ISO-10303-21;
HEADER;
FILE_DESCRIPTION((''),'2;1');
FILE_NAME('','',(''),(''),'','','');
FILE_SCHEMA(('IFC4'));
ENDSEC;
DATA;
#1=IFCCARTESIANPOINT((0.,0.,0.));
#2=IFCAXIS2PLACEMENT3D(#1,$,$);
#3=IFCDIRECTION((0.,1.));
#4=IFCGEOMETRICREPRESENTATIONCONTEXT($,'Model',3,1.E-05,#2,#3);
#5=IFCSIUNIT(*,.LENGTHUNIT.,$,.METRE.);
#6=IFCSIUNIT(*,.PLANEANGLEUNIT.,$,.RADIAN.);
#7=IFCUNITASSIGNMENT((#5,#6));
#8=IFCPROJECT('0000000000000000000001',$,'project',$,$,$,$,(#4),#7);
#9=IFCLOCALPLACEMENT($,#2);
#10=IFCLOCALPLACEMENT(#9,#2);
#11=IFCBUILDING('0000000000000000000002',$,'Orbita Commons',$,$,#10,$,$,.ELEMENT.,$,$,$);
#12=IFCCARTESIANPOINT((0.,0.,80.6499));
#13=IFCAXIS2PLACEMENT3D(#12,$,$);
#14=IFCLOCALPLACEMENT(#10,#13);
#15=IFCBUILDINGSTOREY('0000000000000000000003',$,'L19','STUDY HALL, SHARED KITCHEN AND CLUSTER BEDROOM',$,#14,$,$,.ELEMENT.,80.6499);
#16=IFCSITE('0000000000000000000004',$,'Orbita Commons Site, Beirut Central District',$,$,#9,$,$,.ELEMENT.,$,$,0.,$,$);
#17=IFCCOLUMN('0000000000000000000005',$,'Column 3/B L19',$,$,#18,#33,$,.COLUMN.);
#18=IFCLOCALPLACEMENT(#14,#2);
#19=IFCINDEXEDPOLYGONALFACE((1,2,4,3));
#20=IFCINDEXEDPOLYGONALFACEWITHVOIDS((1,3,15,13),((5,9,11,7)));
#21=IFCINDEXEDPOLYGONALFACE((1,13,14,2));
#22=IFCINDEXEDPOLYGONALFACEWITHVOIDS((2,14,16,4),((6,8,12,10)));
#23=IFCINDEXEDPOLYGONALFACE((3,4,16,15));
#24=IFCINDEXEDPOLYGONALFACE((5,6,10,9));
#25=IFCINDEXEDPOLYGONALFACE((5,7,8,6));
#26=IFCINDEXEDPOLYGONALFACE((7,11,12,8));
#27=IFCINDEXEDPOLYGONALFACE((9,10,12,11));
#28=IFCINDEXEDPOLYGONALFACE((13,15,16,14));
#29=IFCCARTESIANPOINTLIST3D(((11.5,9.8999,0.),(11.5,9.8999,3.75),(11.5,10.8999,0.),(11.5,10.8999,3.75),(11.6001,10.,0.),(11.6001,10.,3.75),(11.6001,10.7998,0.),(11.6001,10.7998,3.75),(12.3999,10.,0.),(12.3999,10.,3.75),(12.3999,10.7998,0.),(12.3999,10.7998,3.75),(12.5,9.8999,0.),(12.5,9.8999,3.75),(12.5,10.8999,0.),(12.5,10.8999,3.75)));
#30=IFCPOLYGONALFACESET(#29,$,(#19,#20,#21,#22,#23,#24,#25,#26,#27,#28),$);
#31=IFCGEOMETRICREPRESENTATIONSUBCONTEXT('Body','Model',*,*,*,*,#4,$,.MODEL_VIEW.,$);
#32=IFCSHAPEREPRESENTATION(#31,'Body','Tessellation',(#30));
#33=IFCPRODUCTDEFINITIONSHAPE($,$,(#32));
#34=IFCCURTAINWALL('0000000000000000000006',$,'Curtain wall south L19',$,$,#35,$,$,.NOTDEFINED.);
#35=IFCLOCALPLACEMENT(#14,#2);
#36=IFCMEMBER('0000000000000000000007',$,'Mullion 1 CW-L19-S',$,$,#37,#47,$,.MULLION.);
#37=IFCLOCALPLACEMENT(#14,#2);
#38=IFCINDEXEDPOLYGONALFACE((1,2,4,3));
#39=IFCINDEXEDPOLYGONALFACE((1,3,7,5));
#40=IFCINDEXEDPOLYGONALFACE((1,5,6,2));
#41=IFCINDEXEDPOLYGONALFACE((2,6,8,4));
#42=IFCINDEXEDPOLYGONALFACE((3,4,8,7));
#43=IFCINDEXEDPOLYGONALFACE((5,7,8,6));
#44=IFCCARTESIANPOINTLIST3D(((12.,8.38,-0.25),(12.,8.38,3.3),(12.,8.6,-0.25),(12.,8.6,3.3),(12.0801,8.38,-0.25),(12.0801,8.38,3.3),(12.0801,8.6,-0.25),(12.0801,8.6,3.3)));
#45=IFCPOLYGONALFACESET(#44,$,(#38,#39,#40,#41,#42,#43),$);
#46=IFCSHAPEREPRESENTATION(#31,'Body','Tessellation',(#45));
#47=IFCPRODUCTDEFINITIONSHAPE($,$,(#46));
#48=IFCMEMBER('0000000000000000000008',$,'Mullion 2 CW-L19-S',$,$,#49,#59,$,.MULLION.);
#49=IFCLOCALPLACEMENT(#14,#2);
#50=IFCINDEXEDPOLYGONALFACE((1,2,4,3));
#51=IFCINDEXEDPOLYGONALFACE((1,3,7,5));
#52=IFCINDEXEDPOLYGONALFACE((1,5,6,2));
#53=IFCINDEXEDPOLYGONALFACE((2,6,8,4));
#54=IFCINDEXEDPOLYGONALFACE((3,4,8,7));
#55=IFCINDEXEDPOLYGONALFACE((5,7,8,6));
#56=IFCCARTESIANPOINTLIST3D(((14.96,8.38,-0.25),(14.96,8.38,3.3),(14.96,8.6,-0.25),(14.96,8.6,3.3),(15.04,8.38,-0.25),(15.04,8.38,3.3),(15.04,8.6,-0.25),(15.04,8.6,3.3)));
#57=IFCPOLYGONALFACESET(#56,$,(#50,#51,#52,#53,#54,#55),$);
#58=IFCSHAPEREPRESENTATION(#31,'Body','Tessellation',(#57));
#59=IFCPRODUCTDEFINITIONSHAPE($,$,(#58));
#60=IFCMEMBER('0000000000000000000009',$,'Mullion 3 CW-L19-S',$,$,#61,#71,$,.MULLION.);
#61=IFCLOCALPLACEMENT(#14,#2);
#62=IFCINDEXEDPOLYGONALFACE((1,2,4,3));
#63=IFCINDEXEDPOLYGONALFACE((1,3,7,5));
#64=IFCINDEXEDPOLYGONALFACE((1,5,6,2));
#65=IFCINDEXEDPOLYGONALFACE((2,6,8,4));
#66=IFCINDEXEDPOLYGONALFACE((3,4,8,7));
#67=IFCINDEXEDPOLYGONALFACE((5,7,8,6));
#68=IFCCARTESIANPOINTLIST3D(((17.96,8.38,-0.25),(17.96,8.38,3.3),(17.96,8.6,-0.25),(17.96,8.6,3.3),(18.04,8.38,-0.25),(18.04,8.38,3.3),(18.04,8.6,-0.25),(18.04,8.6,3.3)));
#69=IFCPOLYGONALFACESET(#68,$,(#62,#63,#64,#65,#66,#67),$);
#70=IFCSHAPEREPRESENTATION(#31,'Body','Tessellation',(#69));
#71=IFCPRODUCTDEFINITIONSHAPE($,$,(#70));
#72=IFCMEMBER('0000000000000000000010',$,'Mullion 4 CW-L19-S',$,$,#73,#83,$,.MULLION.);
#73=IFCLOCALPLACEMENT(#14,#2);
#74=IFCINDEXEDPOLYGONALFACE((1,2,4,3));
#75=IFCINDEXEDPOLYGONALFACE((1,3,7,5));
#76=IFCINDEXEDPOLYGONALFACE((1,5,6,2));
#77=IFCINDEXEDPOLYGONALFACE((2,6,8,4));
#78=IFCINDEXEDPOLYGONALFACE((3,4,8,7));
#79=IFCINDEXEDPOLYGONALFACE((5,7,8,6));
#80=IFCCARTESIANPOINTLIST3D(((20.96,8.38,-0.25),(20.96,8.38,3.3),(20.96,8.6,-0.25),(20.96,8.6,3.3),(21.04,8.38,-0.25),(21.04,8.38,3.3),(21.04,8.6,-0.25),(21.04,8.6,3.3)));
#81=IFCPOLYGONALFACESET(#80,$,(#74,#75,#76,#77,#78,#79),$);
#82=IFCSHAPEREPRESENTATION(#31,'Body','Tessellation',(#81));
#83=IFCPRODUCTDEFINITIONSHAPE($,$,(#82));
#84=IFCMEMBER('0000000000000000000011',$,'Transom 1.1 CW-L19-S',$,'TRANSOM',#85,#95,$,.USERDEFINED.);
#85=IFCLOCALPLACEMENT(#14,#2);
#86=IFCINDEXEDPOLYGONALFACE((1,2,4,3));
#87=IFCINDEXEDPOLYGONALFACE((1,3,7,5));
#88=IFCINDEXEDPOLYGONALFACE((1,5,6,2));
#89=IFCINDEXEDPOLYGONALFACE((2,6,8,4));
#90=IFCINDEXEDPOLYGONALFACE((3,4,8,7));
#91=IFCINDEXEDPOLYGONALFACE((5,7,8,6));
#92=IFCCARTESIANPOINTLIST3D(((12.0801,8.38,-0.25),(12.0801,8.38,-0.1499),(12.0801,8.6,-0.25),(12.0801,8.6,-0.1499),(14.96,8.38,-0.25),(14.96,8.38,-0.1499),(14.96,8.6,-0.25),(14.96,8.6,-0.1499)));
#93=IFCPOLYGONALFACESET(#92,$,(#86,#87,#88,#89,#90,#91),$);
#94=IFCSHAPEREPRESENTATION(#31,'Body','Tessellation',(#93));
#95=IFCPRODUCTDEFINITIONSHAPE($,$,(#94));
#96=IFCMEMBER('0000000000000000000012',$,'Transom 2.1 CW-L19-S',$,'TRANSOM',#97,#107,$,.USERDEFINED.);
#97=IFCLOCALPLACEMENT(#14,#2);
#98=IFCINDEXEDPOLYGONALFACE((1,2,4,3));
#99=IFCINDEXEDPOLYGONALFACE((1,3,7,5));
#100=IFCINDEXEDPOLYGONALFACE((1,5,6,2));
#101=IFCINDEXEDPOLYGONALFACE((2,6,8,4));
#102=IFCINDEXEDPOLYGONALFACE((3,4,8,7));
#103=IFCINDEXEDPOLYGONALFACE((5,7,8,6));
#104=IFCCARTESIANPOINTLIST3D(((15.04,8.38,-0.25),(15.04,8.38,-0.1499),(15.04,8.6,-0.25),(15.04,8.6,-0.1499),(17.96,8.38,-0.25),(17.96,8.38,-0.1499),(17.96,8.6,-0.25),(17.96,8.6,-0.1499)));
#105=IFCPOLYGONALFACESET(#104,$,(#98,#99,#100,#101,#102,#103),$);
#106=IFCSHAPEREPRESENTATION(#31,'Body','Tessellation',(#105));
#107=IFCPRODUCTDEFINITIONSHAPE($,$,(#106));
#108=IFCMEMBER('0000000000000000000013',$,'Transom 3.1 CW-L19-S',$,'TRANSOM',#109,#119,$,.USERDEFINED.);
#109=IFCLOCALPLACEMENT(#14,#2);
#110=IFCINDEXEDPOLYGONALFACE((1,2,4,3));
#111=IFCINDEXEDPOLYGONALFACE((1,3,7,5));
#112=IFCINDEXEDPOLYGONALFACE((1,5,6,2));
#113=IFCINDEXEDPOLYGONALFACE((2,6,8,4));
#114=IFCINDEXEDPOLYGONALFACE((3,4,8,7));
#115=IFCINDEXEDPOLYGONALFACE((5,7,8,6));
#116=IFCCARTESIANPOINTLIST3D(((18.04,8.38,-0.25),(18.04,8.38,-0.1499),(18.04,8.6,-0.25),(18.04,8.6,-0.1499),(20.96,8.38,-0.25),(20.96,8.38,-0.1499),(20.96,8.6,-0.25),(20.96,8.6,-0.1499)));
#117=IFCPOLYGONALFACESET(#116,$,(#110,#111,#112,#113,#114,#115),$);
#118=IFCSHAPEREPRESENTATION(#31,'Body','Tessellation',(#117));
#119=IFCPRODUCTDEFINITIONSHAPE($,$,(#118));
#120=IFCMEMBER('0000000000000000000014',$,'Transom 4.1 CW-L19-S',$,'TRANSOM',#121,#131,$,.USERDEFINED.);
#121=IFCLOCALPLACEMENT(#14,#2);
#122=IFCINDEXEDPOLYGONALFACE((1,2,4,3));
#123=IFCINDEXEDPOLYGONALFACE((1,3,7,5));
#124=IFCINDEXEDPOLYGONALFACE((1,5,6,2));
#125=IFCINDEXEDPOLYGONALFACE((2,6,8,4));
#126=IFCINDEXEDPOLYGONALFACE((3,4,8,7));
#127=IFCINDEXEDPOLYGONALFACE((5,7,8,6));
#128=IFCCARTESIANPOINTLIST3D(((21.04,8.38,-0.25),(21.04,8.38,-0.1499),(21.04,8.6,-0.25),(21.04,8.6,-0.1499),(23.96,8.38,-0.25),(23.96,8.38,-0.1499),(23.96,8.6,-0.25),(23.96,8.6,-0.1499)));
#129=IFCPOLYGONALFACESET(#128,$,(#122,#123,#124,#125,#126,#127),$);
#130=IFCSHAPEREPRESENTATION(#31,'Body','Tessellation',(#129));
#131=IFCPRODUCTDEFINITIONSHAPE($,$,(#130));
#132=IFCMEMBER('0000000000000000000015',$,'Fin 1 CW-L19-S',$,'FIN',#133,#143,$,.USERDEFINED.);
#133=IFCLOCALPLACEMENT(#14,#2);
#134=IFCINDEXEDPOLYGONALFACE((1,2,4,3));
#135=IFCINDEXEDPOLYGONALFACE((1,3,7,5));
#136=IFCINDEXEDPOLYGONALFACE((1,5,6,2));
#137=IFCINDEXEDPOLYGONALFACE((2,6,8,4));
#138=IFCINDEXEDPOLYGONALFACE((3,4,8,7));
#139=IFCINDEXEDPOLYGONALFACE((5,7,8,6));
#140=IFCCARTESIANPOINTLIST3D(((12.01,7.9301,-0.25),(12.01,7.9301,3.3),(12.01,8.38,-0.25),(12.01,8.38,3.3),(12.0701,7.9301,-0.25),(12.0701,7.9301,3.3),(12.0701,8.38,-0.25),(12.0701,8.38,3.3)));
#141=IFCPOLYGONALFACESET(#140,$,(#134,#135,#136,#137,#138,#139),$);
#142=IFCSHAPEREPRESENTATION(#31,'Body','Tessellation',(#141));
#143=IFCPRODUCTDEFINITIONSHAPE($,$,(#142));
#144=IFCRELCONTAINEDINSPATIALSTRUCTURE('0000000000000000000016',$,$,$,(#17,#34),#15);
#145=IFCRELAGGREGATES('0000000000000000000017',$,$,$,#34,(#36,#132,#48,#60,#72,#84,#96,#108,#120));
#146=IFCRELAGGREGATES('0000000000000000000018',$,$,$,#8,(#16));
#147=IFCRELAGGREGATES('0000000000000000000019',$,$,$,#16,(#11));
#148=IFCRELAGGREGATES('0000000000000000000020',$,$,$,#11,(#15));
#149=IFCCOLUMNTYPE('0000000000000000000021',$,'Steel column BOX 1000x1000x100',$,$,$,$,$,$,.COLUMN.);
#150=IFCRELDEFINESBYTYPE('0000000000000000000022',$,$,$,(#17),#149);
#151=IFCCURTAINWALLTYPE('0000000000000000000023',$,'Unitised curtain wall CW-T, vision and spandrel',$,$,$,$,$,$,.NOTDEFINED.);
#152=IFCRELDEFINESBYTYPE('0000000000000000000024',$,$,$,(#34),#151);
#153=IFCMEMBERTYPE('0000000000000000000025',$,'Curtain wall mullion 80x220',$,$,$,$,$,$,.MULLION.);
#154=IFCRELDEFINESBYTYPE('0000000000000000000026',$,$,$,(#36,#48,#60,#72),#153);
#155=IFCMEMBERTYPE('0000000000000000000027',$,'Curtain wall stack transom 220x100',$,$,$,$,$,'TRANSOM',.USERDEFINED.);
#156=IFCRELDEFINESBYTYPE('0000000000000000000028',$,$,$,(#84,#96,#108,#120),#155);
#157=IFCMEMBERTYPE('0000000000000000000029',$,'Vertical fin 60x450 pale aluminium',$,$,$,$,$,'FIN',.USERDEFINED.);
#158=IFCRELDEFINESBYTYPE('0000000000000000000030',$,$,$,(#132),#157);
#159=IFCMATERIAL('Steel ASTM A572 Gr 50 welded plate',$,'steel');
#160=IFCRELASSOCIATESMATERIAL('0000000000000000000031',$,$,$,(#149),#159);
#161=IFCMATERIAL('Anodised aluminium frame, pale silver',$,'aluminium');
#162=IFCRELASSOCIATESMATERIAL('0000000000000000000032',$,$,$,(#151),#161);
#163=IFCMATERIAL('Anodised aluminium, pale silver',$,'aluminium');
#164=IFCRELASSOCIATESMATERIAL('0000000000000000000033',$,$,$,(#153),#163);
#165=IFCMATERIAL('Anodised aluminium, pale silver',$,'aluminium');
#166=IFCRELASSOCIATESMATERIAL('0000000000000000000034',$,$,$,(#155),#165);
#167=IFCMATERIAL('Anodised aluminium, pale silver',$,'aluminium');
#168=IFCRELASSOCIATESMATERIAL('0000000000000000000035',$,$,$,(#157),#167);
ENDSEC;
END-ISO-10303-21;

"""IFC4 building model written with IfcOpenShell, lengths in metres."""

from ifc_helpers import new_model, si_unit, direction, frame, origin, origin_2d, place, context, subcontext, project, spatial, rectangle, hollow_rectangle, extrude, material, material_profile, profile_set, type_object, element, aggregate, save


model = new_model("IFC4")

# Units and contexts
model_context = context("Model", 3, precision=1e-05, world=origin(), true_north=direction((0.0, 1.0)))
body_context = subcontext(model_context, "Body", "Model", "MODEL_VIEW")
ifc_project = project(units=[si_unit("LENGTHUNIT", "METRE"), si_unit("PLANEANGLEUNIT", "RADIAN")], contexts=[model_context])

# Site, building, storey
site_placement = place(None, origin())
site = spatial("IfcSite", under=ifc_project, at=site_placement, Name="Orbita Commons Site, Beirut Central District", CompositionType="ELEMENT", RefElevation=0.0)
building_placement = place(site_placement, origin())
building = spatial("IfcBuilding", under=site, at=building_placement, Name="Orbita Commons", CompositionType="ELEMENT")
storey_placement = place(building_placement, frame((0.0, 0.0, 80.6499)))
storey = spatial("IfcBuildingStorey", under=building, at=storey_placement, Name="L19", Description="STUDY HALL, SHARED KITCHEN AND CLUSTER BEDROOM", CompositionType="ELEMENT", Elevation=80.6499)

# Column
ifc_material_1 = material(Name="Steel ASTM A572 Gr 50 welded plate", Category="steel")
ifc_material_profile_1 = material_profile(ifc_material_1, hollow_rectangle(XDim=1.0, YDim=1.0, WallThickness=0.1001, at=origin_2d()), Name="BOX 1000x1000x100")
ifc_profile_set_1 = profile_set([ifc_material_profile_1], Name="Steel ASTM A572 Gr 50 welded plate")
column_type = type_object("IfcColumnType", Name="Steel column BOX 1000x1000x100", PredefinedType="COLUMN", material=ifc_profile_set_1)
column_placement = place(storey_placement, frame((12.0, 10.3999, 0.0), z_axis=(0.0, 0.0, 1.0), x_axis=(1.0, 0.0, 0.0)))
element("IfcColumn", 1, at=column_placement, inside=storey, type_object=column_type, Name="Column 3/B L19", PredefinedType="COLUMN", context=body_context, shape_type="SweptSolid", body=[
    extrude(hollow_rectangle(XDim=1.0, YDim=1.0, WallThickness=0.1001, at=origin_2d()), origin(), (0.0, 0.0, 1.0), 3.75),
])

# Curtain wall, members
ifc_material_2 = material(Name="Anodised aluminium frame, pale silver", Category="aluminium")
curtain_wall_type = type_object("IfcCurtainWallType", Name="Unitised curtain wall CW-T, vision and spandrel", PredefinedType="NOTDEFINED", material=ifc_material_2)
curtain_wall_placement = place(storey_placement, origin())
curtain_wall = element("IfcCurtainWall", 2, at=curtain_wall_placement, inside=storey, type_object=curtain_wall_type, Name="Curtain wall south L19", PredefinedType="NOTDEFINED")
ifc_material_3 = material(Name="Anodised aluminium, pale silver", Category="aluminium")
ifc_material_profile_2 = material_profile(ifc_material_3, rectangle(XDim=0.0801, YDim=0.22, at=origin_2d()), Name="AL 80x220")
ifc_profile_set_2 = profile_set([ifc_material_profile_2], Name="Anodised aluminium, pale silver")
member_type_1 = type_object("IfcMemberType", Name="Curtain wall mullion 80x220", PredefinedType="MULLION", material=ifc_profile_set_2)
member_1_placement = place(storey_placement, frame((12.04, 8.49, -0.25), z_axis=(0.0, 0.0, 1.0), x_axis=(1.0, 0.0, 0.0)))
member_1 = element("IfcMember", 3, at=member_1_placement, type_object=member_type_1, Name="Mullion 1 CW-L19-S", PredefinedType="MULLION", context=body_context, shape_type="SweptSolid", body=[
    extrude(rectangle(XDim=0.0801, YDim=0.22, at=origin_2d()), origin(), (0.0, 0.0, 1.0), 3.55),
])
member_2_placement = place(storey_placement, frame((15.0, 8.49, -0.25), z_axis=(0.0, 0.0, 1.0), x_axis=(1.0, 0.0, 0.0)))
member_2 = element("IfcMember", 4, at=member_2_placement, type_object=member_type_1, Name="Mullion 2 CW-L19-S", PredefinedType="MULLION", context=body_context, shape_type="SweptSolid", body=[
    extrude(rectangle(XDim=0.0801, YDim=0.22, at=origin_2d()), origin(), (0.0, 0.0, 1.0), 3.55),
])
member_3_placement = place(storey_placement, frame((18.0, 8.49, -0.25), z_axis=(0.0, 0.0, 1.0), x_axis=(1.0, 0.0, 0.0)))
member_3 = element("IfcMember", 5, at=member_3_placement, type_object=member_type_1, Name="Mullion 3 CW-L19-S", PredefinedType="MULLION", context=body_context, shape_type="SweptSolid", body=[
    extrude(rectangle(XDim=0.0801, YDim=0.22, at=origin_2d()), origin(), (0.0, 0.0, 1.0), 3.55),
])
member_4_placement = place(storey_placement, frame((21.0, 8.49, -0.25), z_axis=(0.0, 0.0, 1.0), x_axis=(1.0, 0.0, 0.0)))
member_4 = element("IfcMember", 6, at=member_4_placement, type_object=member_type_1, Name="Mullion 4 CW-L19-S", PredefinedType="MULLION", context=body_context, shape_type="SweptSolid", body=[
    extrude(rectangle(XDim=0.0801, YDim=0.22, at=origin_2d()), origin(), (0.0, 0.0, 1.0), 3.55),
])
ifc_material_4 = material(Name="Anodised aluminium, pale silver", Category="aluminium")
ifc_material_profile_3 = material_profile(ifc_material_4, rectangle(XDim=0.22, YDim=0.1001, at=origin_2d()), Name="AL 220x100")
ifc_profile_set_3 = profile_set([ifc_material_profile_3], Name="Anodised aluminium, pale silver")
member_type_2 = type_object("IfcMemberType", Name="Curtain wall stack transom 220x100", ElementType="TRANSOM", PredefinedType="USERDEFINED", material=ifc_profile_set_3)
member_5_placement = place(storey_placement, frame((12.0801, 8.49, -0.2), z_axis=(1.0, 0.0, 0.0), x_axis=(0.0, 1.0, 0.0)))
member_5 = element("IfcMember", 7, at=member_5_placement, type_object=member_type_2, Name="Transom 1.1 CW-L19-S", ObjectType="TRANSOM", PredefinedType="USERDEFINED", context=body_context, shape_type="SweptSolid", body=[
    extrude(rectangle(XDim=0.22, YDim=0.1001, at=origin_2d()), origin(), (0.0, 0.0, 1.0), 2.8799),
])
member_6_placement = place(storey_placement, frame((15.04, 8.49, -0.2), z_axis=(1.0, 0.0, 0.0), x_axis=(0.0, 1.0, 0.0)))
member_6 = element("IfcMember", 8, at=member_6_placement, type_object=member_type_2, Name="Transom 2.1 CW-L19-S", ObjectType="TRANSOM", PredefinedType="USERDEFINED", context=body_context, shape_type="SweptSolid", body=[
    extrude(rectangle(XDim=0.22, YDim=0.1001, at=origin_2d()), origin(), (0.0, 0.0, 1.0), 2.9199),
])
member_7_placement = place(storey_placement, frame((18.04, 8.49, -0.2), z_axis=(1.0, 0.0, 0.0), x_axis=(0.0, 1.0, 0.0)))
member_7 = element("IfcMember", 9, at=member_7_placement, type_object=member_type_2, Name="Transom 3.1 CW-L19-S", ObjectType="TRANSOM", PredefinedType="USERDEFINED", context=body_context, shape_type="SweptSolid", body=[
    extrude(rectangle(XDim=0.22, YDim=0.1001, at=origin_2d()), origin(), (0.0, 0.0, 1.0), 2.9199),
])
member_8_placement = place(storey_placement, frame((21.04, 8.49, -0.2), z_axis=(1.0, 0.0, 0.0), x_axis=(0.0, 1.0, 0.0)))
member_8 = element("IfcMember", 10, at=member_8_placement, type_object=member_type_2, Name="Transom 4.1 CW-L19-S", ObjectType="TRANSOM", PredefinedType="USERDEFINED", context=body_context, shape_type="SweptSolid", body=[
    extrude(rectangle(XDim=0.22, YDim=0.1001, at=origin_2d()), origin(), (0.0, 0.0, 1.0), 2.9199),
])
ifc_material_5 = material(Name="Anodised aluminium, pale silver", Category="aluminium")
ifc_material_profile_4 = material_profile(ifc_material_5, rectangle(XDim=0.0601, YDim=0.45, at=origin_2d()), Name="FIN 60x450")
ifc_profile_set_4 = profile_set([ifc_material_profile_4], Name="Anodised aluminium, pale silver")
member_type_3 = type_object("IfcMemberType", Name="Vertical fin 60x450 pale aluminium", ElementType="FIN", PredefinedType="USERDEFINED", material=ifc_profile_set_4)
member_9_placement = place(storey_placement, frame((12.04, 8.155, -0.25), z_axis=(0.0, 0.0, 1.0), x_axis=(1.0, 0.0, 0.0)))
member_9 = element("IfcMember", 11, at=member_9_placement, type_object=member_type_3, Name="Fin 1 CW-L19-S", ObjectType="FIN", PredefinedType="USERDEFINED", context=body_context, shape_type="SweptSolid", body=[
    extrude(rectangle(XDim=0.0601, YDim=0.45, at=origin_2d()), origin(), (0.0, 0.0, 1.0), 3.55),
])

aggregate(curtain_wall, [member_1, member_9, member_2, member_3, member_4, member_5, member_6, member_7, member_8])

save(model, "model.ifc")
